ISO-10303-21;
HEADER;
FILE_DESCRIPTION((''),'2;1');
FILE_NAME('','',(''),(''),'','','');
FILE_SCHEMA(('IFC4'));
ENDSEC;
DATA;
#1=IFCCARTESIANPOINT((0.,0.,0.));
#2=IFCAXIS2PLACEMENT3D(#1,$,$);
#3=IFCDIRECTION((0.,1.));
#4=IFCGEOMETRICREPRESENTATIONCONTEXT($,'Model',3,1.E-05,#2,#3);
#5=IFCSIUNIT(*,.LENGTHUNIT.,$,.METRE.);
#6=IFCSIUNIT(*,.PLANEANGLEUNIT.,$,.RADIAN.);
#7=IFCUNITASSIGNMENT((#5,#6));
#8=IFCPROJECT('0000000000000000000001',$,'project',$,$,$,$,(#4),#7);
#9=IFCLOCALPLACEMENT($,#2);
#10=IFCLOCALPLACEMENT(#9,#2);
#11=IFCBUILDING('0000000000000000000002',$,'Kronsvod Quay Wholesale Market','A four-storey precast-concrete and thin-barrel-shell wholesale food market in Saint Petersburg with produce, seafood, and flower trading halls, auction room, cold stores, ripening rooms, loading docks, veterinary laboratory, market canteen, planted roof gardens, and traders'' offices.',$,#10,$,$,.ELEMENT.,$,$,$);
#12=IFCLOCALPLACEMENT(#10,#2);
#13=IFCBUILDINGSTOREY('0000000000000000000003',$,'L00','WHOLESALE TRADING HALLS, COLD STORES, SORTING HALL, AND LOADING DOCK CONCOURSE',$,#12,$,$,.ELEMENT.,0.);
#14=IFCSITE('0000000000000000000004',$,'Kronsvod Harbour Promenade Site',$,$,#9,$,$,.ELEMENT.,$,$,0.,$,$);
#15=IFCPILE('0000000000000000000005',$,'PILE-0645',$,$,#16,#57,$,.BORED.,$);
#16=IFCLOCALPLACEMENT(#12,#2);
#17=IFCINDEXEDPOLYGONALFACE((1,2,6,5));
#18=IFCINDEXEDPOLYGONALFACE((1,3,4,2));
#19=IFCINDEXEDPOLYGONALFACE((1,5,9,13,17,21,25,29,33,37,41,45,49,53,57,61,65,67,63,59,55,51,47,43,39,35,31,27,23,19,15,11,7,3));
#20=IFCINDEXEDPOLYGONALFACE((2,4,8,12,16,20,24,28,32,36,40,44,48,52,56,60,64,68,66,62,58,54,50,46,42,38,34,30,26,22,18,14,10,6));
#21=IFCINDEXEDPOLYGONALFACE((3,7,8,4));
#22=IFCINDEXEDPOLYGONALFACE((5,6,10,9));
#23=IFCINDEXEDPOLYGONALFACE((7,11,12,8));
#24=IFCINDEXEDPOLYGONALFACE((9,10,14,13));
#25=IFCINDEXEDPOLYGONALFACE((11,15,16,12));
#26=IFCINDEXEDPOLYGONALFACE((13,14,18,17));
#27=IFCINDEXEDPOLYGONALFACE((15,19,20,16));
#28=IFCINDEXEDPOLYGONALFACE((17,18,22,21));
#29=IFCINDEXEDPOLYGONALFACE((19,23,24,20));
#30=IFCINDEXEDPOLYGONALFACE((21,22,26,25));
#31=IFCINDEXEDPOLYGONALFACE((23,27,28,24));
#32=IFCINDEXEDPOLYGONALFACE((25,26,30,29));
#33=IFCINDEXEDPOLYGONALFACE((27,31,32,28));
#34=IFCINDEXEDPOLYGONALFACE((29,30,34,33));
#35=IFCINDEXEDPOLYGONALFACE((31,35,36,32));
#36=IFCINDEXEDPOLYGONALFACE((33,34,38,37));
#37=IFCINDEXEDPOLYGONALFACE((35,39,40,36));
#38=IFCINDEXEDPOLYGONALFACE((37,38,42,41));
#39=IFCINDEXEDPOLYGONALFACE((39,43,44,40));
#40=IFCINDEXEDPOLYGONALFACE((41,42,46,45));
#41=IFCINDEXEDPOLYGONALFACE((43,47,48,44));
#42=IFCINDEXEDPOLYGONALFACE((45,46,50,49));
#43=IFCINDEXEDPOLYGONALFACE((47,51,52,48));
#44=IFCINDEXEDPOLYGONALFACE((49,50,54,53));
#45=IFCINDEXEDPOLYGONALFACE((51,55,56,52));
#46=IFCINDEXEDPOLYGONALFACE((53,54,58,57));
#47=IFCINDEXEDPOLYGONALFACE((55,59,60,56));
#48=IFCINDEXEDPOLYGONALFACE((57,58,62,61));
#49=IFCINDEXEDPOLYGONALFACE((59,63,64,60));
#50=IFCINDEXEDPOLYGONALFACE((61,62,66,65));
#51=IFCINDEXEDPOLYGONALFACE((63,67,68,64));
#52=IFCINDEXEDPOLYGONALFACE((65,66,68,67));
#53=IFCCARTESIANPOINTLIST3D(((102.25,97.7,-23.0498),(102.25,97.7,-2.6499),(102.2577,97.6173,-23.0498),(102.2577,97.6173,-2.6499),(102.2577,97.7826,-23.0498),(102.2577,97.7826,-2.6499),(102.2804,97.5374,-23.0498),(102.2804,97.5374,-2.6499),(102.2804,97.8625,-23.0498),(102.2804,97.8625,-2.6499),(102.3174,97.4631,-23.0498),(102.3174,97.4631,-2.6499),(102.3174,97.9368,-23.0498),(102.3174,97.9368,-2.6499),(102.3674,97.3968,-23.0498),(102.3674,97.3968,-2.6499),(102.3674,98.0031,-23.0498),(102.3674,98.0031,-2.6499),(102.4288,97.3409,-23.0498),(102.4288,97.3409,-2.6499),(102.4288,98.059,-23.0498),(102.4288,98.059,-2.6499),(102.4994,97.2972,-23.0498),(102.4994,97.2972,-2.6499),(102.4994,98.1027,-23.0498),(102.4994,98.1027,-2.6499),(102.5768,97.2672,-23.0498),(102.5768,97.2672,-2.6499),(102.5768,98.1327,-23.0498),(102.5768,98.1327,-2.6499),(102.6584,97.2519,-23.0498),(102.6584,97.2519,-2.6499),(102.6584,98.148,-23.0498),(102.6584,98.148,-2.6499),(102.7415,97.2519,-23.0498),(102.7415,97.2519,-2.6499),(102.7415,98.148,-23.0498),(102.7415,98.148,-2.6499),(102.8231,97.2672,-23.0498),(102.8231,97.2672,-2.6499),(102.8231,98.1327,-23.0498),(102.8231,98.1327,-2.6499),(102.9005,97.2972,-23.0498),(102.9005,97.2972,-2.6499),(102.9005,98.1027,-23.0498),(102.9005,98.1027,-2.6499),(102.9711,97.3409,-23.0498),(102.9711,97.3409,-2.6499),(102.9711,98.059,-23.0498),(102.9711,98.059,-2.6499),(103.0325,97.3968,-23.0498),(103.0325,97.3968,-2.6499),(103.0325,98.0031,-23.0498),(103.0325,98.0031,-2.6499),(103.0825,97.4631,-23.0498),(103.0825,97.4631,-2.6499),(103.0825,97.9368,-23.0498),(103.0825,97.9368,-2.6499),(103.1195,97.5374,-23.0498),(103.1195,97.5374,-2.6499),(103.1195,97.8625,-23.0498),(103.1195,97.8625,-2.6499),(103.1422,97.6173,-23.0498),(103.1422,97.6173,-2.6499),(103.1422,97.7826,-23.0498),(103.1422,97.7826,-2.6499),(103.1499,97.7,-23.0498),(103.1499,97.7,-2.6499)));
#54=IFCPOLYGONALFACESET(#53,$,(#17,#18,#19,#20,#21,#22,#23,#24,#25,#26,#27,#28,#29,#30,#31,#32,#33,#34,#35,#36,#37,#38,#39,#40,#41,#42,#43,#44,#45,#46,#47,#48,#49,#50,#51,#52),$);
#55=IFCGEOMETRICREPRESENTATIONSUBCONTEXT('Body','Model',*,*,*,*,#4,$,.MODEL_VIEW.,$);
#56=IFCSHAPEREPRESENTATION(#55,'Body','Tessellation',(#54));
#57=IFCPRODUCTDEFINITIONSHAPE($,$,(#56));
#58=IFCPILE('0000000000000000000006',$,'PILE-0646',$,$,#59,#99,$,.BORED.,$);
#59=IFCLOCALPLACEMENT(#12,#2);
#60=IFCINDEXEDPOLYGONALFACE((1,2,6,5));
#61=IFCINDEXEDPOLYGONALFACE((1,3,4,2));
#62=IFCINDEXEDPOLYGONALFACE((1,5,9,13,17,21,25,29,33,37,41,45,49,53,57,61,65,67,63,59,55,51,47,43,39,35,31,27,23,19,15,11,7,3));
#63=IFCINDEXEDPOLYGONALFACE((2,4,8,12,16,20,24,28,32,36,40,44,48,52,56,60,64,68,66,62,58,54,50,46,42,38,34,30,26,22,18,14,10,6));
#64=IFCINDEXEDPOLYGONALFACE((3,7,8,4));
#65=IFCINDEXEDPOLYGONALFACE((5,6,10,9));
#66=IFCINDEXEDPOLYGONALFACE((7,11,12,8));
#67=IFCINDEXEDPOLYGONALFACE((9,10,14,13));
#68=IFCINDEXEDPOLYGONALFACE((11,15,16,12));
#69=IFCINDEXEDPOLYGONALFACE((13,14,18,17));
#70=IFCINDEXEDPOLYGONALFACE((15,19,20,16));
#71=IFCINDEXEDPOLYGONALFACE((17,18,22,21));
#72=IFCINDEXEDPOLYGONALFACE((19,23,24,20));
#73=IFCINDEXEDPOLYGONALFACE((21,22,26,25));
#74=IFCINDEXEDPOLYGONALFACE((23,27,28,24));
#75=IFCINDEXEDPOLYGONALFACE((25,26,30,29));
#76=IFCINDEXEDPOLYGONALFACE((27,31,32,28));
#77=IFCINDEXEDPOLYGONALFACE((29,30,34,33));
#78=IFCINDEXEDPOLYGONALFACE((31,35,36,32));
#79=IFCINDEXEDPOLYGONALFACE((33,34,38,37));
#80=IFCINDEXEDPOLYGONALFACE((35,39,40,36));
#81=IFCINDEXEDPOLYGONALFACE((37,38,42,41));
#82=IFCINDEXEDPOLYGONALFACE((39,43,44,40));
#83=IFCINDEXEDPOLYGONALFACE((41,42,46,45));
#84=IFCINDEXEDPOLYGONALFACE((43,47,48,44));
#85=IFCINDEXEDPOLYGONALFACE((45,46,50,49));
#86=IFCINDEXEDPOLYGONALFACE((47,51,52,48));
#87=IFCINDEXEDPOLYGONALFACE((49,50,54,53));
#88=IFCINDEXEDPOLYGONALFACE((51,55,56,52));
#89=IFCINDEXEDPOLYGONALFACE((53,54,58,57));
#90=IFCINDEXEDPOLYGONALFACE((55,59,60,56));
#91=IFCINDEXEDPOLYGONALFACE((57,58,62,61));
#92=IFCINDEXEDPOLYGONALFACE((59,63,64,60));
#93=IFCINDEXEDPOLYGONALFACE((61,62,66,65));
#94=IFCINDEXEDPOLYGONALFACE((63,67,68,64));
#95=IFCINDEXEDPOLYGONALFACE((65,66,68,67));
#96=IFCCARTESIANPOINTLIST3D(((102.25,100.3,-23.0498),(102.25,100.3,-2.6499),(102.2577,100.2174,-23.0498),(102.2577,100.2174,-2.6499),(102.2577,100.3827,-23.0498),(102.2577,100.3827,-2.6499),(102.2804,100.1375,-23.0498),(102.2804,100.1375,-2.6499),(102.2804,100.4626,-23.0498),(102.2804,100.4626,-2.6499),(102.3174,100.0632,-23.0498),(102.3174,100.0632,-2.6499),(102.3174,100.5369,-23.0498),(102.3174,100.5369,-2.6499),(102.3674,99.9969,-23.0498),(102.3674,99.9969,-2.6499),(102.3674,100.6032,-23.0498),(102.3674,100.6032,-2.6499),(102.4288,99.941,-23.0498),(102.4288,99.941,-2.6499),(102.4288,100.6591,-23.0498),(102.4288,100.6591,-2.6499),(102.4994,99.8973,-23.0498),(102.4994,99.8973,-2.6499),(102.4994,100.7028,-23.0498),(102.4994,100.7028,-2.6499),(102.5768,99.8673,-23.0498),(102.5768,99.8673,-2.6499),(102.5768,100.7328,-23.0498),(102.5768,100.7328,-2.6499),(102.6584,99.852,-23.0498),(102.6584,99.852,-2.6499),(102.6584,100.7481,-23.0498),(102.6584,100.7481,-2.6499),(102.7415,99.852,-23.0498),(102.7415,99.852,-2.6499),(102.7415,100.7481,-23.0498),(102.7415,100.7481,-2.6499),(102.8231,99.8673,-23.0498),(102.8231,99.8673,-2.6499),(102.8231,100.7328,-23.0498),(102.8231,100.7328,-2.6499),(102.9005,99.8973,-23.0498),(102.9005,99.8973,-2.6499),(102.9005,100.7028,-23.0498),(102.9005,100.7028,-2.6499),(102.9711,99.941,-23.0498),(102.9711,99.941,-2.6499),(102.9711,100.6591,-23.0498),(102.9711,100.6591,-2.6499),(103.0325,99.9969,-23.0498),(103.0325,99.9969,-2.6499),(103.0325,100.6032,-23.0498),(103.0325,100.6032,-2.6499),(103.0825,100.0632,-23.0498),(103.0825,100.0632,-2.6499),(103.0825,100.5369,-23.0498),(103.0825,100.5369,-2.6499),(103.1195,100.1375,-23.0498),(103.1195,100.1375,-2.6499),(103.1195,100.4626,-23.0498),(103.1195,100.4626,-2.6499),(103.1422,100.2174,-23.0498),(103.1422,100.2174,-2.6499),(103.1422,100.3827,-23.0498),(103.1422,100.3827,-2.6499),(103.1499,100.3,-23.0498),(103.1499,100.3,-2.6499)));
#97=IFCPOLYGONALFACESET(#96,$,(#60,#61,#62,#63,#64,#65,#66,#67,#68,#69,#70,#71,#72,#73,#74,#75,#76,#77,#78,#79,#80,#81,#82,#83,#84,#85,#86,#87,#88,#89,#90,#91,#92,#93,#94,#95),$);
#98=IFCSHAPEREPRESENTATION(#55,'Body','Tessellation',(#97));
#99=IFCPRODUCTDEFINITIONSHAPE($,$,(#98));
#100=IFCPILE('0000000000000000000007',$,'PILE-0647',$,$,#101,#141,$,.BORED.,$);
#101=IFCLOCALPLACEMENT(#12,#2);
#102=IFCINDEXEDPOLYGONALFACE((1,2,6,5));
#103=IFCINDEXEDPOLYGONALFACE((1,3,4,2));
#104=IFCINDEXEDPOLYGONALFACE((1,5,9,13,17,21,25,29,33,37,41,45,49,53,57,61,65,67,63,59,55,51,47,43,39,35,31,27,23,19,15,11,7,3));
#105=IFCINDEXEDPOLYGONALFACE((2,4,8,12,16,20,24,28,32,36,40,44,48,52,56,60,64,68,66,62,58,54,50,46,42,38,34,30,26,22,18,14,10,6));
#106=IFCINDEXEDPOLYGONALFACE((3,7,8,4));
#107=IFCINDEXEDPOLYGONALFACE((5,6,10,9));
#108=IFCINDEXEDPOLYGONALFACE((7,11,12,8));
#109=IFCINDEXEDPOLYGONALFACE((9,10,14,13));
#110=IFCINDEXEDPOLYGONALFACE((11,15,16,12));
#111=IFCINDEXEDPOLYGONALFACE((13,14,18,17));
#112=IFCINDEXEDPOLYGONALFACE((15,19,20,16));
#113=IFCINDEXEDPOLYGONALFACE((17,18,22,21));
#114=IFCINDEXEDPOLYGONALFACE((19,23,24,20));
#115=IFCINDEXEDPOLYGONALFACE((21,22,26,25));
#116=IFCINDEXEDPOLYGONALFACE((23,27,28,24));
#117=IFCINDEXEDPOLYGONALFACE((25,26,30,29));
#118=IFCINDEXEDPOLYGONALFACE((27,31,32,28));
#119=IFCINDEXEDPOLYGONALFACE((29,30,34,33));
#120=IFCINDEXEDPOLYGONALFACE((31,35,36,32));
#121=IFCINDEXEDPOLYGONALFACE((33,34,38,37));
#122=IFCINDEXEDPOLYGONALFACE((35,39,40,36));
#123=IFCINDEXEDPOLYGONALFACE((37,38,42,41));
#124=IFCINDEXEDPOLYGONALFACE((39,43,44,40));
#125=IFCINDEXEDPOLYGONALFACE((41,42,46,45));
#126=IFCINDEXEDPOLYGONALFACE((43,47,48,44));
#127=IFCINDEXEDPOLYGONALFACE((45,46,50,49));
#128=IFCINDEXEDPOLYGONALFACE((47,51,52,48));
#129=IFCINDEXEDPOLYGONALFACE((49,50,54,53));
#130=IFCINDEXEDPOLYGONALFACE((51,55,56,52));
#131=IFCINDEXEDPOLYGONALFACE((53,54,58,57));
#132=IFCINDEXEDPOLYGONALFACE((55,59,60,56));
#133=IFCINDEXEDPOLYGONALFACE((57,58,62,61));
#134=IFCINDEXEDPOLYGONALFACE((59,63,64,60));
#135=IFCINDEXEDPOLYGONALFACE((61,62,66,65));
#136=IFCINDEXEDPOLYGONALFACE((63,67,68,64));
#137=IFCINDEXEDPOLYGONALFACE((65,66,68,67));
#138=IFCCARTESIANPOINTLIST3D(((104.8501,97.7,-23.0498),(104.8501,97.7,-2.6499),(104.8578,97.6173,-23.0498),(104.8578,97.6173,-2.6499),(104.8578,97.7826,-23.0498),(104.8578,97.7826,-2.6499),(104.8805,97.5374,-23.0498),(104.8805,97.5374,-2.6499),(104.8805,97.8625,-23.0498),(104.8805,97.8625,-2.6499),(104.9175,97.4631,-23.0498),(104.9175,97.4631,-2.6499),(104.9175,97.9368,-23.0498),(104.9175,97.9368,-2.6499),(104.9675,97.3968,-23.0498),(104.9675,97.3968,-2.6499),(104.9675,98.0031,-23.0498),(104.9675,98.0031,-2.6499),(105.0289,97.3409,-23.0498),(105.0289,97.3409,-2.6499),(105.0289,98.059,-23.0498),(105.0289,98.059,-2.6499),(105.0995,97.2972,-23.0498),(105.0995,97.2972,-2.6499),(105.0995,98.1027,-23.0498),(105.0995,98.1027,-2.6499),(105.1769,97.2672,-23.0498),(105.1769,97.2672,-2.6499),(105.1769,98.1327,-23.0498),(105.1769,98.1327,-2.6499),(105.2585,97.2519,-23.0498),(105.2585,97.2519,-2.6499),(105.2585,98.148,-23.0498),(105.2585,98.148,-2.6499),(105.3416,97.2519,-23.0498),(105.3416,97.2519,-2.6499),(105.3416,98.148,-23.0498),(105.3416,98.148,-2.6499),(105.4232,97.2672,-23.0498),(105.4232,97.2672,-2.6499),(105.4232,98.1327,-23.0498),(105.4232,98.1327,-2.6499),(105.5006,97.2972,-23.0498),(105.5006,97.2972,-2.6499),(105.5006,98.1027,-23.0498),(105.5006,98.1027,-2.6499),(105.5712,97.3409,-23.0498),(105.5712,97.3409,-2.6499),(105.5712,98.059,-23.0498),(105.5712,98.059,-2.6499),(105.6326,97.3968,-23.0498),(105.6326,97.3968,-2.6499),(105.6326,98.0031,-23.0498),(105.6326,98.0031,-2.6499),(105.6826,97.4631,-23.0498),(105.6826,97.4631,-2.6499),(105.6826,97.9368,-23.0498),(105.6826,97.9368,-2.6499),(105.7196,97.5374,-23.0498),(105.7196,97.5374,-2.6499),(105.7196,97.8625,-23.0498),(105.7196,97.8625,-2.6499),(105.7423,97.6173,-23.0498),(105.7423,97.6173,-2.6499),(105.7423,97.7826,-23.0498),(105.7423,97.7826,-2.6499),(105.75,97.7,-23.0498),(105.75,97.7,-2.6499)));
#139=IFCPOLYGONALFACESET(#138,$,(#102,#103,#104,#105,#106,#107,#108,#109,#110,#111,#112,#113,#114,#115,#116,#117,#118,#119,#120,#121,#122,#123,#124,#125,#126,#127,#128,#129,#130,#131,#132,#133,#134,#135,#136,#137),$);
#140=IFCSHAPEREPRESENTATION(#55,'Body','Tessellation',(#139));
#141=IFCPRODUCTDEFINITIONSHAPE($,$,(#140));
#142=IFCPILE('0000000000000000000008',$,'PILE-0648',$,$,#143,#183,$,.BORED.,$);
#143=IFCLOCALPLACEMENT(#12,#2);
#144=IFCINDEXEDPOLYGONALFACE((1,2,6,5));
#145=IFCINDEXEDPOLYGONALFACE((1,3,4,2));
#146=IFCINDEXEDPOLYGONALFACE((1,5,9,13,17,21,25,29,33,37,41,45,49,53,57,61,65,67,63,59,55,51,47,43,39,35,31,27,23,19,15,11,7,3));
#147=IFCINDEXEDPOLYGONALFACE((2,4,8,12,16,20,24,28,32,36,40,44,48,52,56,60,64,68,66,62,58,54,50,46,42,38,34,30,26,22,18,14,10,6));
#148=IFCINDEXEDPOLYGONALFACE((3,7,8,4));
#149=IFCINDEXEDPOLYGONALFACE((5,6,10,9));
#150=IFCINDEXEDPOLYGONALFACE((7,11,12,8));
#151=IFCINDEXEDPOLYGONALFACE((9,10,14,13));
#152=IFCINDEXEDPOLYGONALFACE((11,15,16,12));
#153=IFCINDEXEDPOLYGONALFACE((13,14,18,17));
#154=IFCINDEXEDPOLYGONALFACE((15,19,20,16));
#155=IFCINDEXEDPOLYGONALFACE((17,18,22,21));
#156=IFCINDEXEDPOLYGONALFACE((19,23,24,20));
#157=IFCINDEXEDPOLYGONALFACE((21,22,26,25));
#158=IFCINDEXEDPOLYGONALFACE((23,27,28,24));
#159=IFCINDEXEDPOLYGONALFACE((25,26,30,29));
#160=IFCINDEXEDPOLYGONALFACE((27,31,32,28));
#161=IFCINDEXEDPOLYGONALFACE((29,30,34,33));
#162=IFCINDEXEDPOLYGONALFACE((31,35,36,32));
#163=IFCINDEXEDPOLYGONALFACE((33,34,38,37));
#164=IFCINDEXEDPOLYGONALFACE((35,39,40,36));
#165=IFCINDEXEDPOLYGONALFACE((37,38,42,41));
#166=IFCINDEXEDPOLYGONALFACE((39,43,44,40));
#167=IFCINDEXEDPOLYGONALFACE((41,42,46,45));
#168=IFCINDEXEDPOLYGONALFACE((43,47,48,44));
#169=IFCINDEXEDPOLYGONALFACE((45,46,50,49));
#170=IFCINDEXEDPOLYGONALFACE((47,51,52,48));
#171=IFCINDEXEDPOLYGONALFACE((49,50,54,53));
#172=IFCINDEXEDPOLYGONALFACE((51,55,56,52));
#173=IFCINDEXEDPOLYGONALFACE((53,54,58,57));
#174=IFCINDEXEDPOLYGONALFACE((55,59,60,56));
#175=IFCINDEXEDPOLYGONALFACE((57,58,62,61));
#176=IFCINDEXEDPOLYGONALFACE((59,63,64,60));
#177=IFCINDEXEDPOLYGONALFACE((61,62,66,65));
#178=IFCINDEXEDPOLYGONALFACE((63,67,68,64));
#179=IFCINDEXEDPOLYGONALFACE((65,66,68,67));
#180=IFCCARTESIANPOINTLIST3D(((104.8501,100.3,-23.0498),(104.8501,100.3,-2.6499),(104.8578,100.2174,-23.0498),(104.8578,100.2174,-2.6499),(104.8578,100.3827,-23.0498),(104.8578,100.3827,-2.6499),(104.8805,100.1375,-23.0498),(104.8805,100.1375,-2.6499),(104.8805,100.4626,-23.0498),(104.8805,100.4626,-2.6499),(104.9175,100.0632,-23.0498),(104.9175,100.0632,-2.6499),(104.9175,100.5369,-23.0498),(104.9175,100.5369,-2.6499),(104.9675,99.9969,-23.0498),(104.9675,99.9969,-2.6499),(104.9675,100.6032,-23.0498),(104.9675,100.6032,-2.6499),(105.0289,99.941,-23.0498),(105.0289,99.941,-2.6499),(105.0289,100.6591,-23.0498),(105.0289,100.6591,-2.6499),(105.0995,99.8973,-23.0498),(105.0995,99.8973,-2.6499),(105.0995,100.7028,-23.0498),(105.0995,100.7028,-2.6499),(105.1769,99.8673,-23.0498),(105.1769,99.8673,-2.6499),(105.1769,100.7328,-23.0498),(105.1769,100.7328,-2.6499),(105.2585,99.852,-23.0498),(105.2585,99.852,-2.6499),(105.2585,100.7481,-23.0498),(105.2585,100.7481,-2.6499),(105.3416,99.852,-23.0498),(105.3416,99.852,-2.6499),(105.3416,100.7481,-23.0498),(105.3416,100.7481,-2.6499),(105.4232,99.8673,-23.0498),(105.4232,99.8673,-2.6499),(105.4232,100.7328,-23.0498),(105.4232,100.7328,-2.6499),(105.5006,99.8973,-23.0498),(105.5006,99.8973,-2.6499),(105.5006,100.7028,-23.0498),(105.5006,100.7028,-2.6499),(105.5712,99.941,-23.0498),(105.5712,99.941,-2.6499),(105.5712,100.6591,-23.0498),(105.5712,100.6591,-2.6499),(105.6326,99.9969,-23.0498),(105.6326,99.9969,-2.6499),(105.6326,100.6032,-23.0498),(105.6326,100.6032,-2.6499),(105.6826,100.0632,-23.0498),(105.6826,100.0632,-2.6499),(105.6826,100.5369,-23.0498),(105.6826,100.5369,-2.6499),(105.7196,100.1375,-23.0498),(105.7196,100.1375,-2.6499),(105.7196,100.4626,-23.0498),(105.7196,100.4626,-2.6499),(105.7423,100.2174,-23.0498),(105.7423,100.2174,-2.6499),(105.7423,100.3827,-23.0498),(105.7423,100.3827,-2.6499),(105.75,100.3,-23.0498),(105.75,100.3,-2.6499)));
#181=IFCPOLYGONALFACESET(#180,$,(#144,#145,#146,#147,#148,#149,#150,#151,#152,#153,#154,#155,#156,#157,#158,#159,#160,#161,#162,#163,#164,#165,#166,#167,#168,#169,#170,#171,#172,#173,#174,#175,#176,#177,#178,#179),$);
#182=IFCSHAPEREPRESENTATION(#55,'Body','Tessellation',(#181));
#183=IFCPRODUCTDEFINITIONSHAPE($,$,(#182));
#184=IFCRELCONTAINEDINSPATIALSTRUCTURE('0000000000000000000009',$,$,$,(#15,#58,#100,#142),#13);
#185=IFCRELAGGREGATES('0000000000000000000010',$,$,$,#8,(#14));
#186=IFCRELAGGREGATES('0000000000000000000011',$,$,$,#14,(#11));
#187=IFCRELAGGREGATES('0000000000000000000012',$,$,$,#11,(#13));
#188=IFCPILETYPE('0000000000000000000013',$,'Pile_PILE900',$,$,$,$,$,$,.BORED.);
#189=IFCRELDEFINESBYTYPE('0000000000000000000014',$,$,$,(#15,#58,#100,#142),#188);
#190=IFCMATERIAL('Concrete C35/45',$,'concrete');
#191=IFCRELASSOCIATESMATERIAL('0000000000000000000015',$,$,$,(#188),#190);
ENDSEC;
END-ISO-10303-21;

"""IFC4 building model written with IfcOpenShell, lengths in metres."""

from ifc_helpers import new_model, si_unit, direction, frame, origin, origin_2d, place, context, subcontext, project, spatial, circle, extrude, material, material_profile, profile_set, type_object, element, save


model = new_model("IFC4")

# Units and contexts
model_context = context("Model", 3, precision=1e-05, world=origin(), true_north=direction((0.0, 1.0)))
body_context = subcontext(model_context, "Body", "Model", "MODEL_VIEW")
ifc_project = project(units=[si_unit("LENGTHUNIT", "METRE"), si_unit("PLANEANGLEUNIT", "RADIAN")], contexts=[model_context])

# Site, building, storey
site_placement = place(None, origin())
site = spatial("IfcSite", under=ifc_project, at=site_placement, Name="Kronsvod Harbour Promenade Site", CompositionType="ELEMENT", RefElevation=0.0)
building_placement = place(site_placement, origin())
building = spatial("IfcBuilding", under=site, at=building_placement, Name="Kronsvod Quay Wholesale Market", Description="A four-storey precast-concrete and thin-barrel-shell wholesale food market in Saint Petersburg with produce, seafood, and flower trading halls, auction room, cold stores, ripening rooms, loading docks, veterinary laboratory, market canteen, planted roof gardens, and traders' offices.", CompositionType="ELEMENT")
storey_placement = place(building_placement, origin())
storey = spatial("IfcBuildingStorey", under=building, at=storey_placement, Name="L00", Description="WHOLESALE TRADING HALLS, COLD STORES, SORTING HALL, AND LOADING DOCK CONCOURSE", CompositionType="ELEMENT", Elevation=0.0)

# Piles
ifc_material_1 = material(Name="Concrete C35/45", Category="concrete")
ifc_material_profile_1 = material_profile(ifc_material_1, circle(Radius=0.45, at=origin_2d()), Name="PILE900")
ifc_profile_set_1 = profile_set([ifc_material_profile_1], Name="Concrete C35/45")
pile_type = type_object("IfcPileType", Name="Pile_PILE900", PredefinedType="BORED", material=ifc_profile_set_1)
for number, where, z_axis, x_axis, name in (
    (1, (102.7, 97.7, -2.6499), (0.0, 0.0, -1.0), (1.0, 0.0, 0.0), "PILE-0645"),
    (2, (102.7, 100.3, -2.6499), (0.0, 0.0, -1.0), (1.0, 0.0, 0.0), "PILE-0646"),
    (3, (105.3, 97.7, -2.6499), (0.0, 0.0, -1.0), (1.0, 0.0, 0.0), "PILE-0647"),
    (4, (105.3, 100.3, -2.6499), (0.0, 0.0, -1.0), (1.0, 0.0, 0.0), "PILE-0648"),
):
    element("IfcPile", number, at=place(storey_placement, frame(where, z_axis=z_axis, x_axis=x_axis)), inside=storey, type_object=pile_type, Name=name, PredefinedType="BORED", context=body_context, shape_type="SweptSolid", body=[
        extrude(circle(Radius=0.45, at=origin_2d()), origin(), (0.0, 0.0, 1.0), 20.3999),
    ])

save(model, "model.ifc")
